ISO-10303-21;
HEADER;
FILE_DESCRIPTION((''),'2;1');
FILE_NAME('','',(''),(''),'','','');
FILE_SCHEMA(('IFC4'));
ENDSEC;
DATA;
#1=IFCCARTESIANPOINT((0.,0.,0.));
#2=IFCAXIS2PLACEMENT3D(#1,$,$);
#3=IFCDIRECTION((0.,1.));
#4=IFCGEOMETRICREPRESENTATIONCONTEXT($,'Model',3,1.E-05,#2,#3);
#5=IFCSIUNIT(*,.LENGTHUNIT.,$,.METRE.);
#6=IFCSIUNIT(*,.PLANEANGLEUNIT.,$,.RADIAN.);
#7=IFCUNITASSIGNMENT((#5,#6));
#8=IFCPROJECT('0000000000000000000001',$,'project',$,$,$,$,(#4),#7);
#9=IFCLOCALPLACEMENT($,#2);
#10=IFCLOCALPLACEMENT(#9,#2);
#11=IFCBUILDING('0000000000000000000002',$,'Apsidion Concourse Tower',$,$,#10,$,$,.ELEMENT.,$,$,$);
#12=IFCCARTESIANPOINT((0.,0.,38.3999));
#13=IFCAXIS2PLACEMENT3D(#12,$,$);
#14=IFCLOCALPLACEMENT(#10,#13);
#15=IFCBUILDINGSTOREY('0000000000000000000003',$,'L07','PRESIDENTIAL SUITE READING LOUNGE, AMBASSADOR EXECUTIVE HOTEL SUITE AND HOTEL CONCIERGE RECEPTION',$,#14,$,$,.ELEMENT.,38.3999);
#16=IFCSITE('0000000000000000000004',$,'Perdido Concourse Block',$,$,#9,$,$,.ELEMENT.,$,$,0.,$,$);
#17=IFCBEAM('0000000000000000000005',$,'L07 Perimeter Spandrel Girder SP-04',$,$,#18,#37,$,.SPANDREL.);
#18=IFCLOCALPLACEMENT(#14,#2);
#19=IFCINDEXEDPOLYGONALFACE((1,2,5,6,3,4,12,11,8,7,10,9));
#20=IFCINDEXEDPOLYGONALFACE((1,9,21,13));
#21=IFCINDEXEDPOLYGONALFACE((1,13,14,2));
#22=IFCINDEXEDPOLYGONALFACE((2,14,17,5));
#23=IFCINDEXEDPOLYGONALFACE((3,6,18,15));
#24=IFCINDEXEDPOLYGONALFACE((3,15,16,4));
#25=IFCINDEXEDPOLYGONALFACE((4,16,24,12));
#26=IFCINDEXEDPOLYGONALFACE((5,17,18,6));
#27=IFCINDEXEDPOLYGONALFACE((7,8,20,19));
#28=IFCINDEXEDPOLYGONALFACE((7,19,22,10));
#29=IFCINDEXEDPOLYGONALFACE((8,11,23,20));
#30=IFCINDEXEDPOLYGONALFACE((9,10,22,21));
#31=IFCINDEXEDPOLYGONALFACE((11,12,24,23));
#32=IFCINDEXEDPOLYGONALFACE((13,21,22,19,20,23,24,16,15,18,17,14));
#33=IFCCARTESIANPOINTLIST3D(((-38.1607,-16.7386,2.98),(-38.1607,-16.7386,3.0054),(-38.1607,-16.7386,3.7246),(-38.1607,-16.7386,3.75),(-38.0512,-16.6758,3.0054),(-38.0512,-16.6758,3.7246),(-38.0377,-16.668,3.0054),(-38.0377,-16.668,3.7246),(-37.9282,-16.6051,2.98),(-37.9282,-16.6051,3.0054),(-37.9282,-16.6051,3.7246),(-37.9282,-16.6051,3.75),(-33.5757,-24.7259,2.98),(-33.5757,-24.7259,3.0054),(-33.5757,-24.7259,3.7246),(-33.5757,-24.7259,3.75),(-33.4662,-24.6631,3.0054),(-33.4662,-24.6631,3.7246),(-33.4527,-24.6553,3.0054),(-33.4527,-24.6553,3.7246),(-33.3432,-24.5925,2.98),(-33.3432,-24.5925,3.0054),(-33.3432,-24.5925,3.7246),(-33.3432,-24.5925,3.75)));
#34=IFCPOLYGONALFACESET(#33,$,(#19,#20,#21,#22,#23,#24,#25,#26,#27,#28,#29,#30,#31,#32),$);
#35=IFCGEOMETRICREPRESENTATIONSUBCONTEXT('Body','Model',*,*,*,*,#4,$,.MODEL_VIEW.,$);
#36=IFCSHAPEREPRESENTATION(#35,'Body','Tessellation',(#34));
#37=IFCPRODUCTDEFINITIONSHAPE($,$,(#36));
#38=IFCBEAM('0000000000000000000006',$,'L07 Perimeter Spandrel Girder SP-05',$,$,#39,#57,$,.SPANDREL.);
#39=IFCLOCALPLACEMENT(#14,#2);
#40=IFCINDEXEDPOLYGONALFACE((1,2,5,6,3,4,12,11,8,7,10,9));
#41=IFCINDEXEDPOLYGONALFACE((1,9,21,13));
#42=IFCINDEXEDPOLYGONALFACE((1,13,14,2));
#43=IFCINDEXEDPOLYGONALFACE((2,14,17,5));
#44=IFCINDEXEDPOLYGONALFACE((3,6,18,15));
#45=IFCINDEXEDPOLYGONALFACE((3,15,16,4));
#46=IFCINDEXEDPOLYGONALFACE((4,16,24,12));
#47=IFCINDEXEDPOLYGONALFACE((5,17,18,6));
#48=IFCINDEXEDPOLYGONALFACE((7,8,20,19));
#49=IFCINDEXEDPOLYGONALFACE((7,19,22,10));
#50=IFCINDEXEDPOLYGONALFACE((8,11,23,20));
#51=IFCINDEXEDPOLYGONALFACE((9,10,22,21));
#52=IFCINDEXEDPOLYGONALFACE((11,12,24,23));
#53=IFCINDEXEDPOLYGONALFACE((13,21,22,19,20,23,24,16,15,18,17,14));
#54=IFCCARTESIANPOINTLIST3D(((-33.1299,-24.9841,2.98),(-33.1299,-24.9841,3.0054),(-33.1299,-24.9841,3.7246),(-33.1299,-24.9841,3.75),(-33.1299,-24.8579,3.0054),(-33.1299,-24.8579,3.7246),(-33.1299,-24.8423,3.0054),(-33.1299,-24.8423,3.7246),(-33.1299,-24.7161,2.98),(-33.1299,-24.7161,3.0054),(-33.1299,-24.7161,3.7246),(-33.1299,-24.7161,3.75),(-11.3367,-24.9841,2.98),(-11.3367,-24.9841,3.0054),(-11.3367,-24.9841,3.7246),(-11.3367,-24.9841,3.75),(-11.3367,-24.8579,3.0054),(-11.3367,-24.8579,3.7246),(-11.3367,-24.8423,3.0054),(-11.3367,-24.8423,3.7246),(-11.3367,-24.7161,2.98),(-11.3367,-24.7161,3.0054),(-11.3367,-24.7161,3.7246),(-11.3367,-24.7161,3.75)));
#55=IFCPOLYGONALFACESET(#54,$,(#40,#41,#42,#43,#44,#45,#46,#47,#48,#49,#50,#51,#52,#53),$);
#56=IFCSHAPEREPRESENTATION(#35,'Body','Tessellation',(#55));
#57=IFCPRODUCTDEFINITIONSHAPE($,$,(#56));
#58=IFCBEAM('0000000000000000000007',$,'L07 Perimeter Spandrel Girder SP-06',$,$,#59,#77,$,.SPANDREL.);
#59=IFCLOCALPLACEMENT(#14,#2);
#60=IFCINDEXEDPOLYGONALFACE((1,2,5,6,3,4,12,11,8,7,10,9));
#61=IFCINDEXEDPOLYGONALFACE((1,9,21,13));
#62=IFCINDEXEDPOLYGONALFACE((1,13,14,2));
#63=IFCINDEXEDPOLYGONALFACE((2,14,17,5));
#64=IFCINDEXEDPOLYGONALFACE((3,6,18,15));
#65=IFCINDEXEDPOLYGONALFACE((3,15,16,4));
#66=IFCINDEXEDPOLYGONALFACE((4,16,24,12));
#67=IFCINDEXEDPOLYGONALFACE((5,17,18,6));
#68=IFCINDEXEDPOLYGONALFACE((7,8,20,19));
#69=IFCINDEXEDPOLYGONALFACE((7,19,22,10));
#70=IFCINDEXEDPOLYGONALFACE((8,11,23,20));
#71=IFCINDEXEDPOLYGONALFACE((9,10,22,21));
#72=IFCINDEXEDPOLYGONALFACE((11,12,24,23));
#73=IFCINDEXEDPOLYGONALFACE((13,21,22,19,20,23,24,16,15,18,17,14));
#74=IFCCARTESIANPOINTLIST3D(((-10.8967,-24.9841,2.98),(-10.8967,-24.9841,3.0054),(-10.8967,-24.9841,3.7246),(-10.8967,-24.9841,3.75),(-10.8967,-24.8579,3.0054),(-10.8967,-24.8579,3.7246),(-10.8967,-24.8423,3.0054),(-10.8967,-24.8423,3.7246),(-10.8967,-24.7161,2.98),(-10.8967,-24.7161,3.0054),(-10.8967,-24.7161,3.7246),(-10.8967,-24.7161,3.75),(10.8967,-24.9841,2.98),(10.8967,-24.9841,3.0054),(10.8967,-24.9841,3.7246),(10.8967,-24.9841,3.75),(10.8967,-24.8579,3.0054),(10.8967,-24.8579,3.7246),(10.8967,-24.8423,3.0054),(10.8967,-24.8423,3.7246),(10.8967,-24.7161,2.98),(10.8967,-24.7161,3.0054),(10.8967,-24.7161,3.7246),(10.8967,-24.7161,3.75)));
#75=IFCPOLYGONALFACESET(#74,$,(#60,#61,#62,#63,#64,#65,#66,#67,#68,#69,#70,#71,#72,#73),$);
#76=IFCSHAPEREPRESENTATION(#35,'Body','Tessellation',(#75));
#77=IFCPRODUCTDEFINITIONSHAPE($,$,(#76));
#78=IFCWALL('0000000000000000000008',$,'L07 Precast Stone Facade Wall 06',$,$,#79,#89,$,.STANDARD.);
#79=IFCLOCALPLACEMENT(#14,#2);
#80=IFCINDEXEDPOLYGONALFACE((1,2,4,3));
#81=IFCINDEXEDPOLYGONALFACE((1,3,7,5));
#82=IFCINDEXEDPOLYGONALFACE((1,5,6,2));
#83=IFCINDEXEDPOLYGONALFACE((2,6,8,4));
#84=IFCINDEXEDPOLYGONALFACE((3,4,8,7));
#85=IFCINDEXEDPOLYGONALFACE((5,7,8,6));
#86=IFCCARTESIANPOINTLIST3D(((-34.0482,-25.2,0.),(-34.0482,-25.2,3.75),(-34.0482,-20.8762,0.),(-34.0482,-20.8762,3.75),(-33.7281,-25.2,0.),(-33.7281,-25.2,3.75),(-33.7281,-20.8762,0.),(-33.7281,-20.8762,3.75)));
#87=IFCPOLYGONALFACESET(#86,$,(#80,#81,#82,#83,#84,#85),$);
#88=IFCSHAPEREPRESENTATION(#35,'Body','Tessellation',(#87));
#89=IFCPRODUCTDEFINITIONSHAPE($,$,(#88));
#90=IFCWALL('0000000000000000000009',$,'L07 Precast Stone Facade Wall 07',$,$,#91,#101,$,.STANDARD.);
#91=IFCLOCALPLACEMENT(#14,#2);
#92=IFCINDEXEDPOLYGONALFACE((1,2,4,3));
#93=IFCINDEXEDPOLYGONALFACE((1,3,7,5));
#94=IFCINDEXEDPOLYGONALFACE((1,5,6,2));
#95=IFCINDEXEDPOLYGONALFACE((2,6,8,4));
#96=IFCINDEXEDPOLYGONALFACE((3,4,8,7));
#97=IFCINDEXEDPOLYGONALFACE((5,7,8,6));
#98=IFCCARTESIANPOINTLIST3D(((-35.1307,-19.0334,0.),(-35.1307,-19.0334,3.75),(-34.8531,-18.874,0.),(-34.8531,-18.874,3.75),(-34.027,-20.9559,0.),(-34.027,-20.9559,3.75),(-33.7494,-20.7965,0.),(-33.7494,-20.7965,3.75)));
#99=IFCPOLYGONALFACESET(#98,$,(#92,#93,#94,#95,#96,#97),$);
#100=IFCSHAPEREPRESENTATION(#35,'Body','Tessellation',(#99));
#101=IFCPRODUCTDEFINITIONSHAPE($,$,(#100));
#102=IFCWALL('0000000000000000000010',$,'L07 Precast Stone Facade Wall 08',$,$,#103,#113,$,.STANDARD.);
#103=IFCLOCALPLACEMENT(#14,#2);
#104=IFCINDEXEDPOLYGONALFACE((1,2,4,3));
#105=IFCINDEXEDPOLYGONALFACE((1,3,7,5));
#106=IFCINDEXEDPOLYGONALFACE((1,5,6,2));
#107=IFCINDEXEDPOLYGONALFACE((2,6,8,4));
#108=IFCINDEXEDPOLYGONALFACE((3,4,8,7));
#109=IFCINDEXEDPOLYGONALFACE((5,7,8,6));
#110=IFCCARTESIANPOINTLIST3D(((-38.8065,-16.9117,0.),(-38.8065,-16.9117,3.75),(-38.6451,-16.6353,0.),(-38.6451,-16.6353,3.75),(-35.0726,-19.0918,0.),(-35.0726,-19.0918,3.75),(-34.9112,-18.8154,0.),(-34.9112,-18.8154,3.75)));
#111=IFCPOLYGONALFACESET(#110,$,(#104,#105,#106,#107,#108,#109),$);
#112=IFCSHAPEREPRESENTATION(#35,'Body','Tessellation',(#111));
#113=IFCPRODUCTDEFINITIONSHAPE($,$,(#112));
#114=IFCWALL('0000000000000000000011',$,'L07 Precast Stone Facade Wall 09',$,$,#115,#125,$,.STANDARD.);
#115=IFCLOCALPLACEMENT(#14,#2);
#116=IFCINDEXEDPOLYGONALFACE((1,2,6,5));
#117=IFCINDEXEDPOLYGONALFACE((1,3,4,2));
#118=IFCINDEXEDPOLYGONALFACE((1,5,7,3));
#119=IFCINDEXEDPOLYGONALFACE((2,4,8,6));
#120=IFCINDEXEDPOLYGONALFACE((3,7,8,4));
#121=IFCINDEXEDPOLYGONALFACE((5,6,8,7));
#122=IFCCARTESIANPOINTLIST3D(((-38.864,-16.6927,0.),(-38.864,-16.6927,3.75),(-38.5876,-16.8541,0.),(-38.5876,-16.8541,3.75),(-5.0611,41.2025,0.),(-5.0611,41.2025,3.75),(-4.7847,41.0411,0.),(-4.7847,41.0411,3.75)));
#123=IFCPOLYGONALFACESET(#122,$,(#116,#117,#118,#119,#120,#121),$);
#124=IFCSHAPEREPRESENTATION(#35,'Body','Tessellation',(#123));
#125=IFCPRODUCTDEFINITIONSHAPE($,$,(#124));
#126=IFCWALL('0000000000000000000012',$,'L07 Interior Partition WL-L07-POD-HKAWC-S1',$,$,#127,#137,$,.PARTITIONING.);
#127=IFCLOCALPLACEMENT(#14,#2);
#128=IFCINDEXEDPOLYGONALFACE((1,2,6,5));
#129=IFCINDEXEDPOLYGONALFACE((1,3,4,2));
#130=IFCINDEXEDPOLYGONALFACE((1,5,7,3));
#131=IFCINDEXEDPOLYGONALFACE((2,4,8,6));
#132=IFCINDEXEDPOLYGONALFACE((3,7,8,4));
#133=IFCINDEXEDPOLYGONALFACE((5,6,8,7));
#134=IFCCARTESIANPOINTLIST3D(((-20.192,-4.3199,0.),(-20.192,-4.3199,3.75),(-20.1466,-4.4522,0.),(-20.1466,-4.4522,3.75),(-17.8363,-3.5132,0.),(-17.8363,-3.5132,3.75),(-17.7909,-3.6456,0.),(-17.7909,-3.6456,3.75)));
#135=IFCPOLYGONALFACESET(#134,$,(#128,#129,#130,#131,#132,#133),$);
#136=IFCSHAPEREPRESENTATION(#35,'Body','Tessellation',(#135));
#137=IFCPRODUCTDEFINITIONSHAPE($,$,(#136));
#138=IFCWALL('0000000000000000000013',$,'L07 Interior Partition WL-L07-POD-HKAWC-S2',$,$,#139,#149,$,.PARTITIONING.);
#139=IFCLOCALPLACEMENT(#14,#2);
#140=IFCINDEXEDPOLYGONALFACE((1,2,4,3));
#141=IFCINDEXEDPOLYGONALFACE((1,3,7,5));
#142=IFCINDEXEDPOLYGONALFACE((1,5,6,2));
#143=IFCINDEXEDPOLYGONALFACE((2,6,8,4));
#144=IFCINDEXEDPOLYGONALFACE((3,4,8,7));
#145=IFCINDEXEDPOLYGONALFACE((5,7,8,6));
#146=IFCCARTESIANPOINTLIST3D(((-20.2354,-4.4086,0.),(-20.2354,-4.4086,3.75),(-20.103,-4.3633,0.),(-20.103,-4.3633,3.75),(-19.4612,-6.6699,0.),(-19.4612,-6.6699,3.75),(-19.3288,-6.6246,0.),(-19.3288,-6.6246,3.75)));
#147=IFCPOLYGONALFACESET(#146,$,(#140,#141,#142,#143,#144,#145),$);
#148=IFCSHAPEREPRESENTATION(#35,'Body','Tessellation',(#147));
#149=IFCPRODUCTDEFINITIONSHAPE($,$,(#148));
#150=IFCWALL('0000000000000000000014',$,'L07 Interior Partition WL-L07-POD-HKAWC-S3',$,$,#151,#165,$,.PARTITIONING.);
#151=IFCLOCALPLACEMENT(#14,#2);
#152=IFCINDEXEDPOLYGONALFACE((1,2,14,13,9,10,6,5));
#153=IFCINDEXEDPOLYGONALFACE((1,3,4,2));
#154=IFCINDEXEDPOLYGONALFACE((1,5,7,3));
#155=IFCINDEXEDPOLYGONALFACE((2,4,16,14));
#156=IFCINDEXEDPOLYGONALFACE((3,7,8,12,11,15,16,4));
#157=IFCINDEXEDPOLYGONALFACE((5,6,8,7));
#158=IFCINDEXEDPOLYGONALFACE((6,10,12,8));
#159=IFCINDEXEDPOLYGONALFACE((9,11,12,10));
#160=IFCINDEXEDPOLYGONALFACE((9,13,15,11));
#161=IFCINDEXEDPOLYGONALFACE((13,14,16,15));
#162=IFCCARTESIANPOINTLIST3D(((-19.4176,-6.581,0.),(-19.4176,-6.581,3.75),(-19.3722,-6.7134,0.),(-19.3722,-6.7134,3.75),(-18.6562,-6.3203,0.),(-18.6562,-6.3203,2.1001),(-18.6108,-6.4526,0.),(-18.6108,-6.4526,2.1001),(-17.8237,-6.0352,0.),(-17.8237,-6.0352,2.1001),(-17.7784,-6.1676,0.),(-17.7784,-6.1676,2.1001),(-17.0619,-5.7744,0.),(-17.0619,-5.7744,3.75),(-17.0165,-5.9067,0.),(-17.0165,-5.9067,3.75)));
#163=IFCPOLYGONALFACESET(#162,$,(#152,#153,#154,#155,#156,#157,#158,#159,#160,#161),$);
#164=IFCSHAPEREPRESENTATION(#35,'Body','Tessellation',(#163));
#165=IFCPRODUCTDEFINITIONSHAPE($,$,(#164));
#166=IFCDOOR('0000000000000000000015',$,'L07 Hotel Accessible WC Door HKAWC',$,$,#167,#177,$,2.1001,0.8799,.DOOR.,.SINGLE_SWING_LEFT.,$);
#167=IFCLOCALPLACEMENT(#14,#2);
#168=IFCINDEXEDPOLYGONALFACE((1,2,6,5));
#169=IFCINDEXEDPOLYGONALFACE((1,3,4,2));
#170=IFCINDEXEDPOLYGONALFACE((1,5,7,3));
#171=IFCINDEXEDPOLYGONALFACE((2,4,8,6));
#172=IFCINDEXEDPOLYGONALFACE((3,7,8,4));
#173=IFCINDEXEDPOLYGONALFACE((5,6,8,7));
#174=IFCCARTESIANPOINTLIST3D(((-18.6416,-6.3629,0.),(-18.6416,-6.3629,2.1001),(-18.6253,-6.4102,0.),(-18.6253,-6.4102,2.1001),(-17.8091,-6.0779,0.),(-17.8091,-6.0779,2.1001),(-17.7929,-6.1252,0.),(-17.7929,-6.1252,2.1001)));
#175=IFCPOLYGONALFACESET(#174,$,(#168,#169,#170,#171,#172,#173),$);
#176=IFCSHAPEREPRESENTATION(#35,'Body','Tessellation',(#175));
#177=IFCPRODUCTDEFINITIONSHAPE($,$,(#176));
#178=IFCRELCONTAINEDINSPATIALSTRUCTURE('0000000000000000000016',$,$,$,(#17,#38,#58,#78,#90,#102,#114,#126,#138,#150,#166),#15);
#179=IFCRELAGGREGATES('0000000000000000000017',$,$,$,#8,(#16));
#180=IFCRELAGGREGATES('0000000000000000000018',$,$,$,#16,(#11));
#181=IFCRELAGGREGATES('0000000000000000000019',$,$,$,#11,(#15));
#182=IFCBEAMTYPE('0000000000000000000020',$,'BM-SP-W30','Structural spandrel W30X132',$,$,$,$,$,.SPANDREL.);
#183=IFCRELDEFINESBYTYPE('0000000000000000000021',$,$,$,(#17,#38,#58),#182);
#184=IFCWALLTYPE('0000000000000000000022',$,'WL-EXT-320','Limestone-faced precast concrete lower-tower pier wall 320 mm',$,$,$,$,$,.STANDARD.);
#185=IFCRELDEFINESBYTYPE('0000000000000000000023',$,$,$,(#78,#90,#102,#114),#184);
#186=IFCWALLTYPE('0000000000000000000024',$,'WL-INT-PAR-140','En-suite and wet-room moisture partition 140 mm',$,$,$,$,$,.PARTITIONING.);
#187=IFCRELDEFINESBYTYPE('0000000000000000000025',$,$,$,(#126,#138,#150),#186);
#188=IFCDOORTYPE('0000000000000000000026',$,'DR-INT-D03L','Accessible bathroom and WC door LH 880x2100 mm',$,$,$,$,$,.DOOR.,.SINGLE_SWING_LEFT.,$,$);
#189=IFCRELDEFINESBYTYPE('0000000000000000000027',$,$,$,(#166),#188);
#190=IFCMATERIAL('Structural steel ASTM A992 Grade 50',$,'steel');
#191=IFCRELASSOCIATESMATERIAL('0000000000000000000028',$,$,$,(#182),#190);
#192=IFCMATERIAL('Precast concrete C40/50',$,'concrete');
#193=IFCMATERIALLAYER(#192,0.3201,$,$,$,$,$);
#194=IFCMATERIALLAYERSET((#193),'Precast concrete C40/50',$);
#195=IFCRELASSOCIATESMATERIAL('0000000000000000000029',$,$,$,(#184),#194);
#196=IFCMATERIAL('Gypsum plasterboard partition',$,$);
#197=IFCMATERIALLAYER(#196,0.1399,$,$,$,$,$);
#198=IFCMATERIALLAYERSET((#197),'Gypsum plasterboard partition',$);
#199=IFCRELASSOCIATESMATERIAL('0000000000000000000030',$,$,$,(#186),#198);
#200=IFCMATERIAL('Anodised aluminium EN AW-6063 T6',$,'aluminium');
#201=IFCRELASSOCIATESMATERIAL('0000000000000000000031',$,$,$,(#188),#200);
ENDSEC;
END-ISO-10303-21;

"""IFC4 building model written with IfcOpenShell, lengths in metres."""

from ifc_helpers import new_model, si_unit, direction, frame, frame_2d, origin, origin_2d, place, context, subcontext, project, spatial, rectangle, i_section, extrude, material, layer, layer_set, material_profile, profile_set, type_object, element, fill, save


model = new_model("IFC4")

# Units and contexts
model_context = context("Model", 3, precision=1e-05, world=origin(), true_north=direction((0.0, 1.0)))
body_context = subcontext(model_context, "Body", "Model", "MODEL_VIEW")
ifc_project = project(units=[si_unit("LENGTHUNIT", "METRE"), si_unit("PLANEANGLEUNIT", "RADIAN")], contexts=[model_context])

# Site, building, storey
site_placement = place(None, origin())
site = spatial("IfcSite", under=ifc_project, at=site_placement, Name="Perdido Concourse Block", CompositionType="ELEMENT", RefElevation=0.0)
building_placement = place(site_placement, origin())
building = spatial("IfcBuilding", under=site, at=building_placement, Name="Apsidion Concourse Tower", CompositionType="ELEMENT")
storey_placement = place(building_placement, frame((0.0, 0.0, 38.3999)))
storey = spatial("IfcBuildingStorey", under=building, at=storey_placement, Name="L07", Description="PRESIDENTIAL SUITE READING LOUNGE, AMBASSADOR EXECUTIVE HOTEL SUITE AND HOTEL CONCIERGE RECEPTION", CompositionType="ELEMENT", Elevation=38.3999)

# Beams
ifc_material_1 = material(Name="Structural steel ASTM A992 Grade 50", Category="steel")
ifc_material_profile_1 = material_profile(ifc_material_1, i_section(OverallWidth=0.2681, OverallDepth=0.77, WebThickness=0.0156, FlangeThickness=0.0254, at=origin_2d()), Name="W30X132")
ifc_profile_set_1 = profile_set([ifc_material_profile_1], Name="Structural steel ASTM A992 Grade 50")
beam_type_1 = type_object("IfcBeamType", Name="BM-SP-W30", Description="Structural spandrel W30X132", PredefinedType="SPANDREL", material=ifc_profile_set_1)
beam_1_placement = place(storey_placement, frame((-38.0444, -16.6719, 3.365), z_axis=(0.497839, -0.867269, 0.0), x_axis=(0.867269, 0.497839, 0.0)))
element("IfcBeam", 1, at=beam_1_placement, inside=storey, type_object=beam_type_1, Name="L07 Perimeter Spandrel Girder SP-04", PredefinedType="SPANDREL", context=body_context, shape_type="SweptSolid", body=[
    extrude(i_section(OverallWidth=0.2681, OverallDepth=0.77, WebThickness=0.0156, FlangeThickness=0.0254, at=origin_2d()), origin(), (0.0, 0.0, 1.0), 9.2097),
])
beam_2_placement = place(storey_placement, frame((-33.1299, -24.8501, 3.365), z_axis=(1.0, 0.0, 0.0), x_axis=(0.0, 1.0, 0.0)))
element("IfcBeam", 2, at=beam_2_placement, inside=storey, type_object=beam_type_1, Name="L07 Perimeter Spandrel Girder SP-05", PredefinedType="SPANDREL", context=body_context, shape_type="SweptSolid", body=[
    extrude(i_section(OverallWidth=0.2681, OverallDepth=0.77, WebThickness=0.0156, FlangeThickness=0.0254, at=origin_2d()), origin(), (0.0, 0.0, 1.0), 21.7932),
])
beam_3_placement = place(storey_placement, frame((-10.8967, -24.8501, 3.365), z_axis=(1.0, 0.0, 0.0), x_axis=(0.0, 1.0, 0.0)))
element("IfcBeam", 3, at=beam_3_placement, inside=storey, type_object=beam_type_1, Name="L07 Perimeter Spandrel Girder SP-06", PredefinedType="SPANDREL", context=body_context, shape_type="SweptSolid", body=[
    extrude(i_section(OverallWidth=0.2681, OverallDepth=0.77, WebThickness=0.0156, FlangeThickness=0.0254, at=origin_2d()), origin(), (0.0, 0.0, 1.0), 21.7935),
])

# Walls
ifc_material_2 = material(Name="Precast concrete C40/50", Category="concrete")
ifc_layer_1 = layer(ifc_material_2, 0.3201)
ifc_layer_set_1 = layer_set([ifc_layer_1], Name="Precast concrete C40/50")
wall_type_1 = type_object("IfcWallType", Name="WL-EXT-320", Description="Limestone-faced precast concrete lower-tower pier wall 320 mm", PredefinedType="STANDARD", material=ifc_layer_set_1)
wall_1_placement = place(storey_placement, frame((-33.8882, -25.2, 0.0), z_axis=(0.0, 0.0, 1.0), x_axis=(0.0, 1.0, 0.0)))
element("IfcWall", 4, at=wall_1_placement, inside=storey, type_object=wall_type_1, Name="L07 Precast Stone Facade Wall 06", PredefinedType="STANDARD", context=body_context, shape_type="SweptSolid", body=[
    extrude(rectangle(XDim=4.3237, YDim=0.3201, at=frame_2d((2.1619, 0.0))), origin(), (0.0, 0.0, 1.0), 3.75),
])
wall_2_placement = place(storey_placement, frame((-33.8882, -20.8762, 0.0), z_axis=(0.0, 0.0, 1.0), x_axis=(-0.497881, 0.867245, 0.0)))
element("IfcWall", 5, at=wall_2_placement, inside=storey, type_object=wall_type_1, Name="L07 Precast Stone Facade Wall 07", PredefinedType="STANDARD", context=body_context, shape_type="SweptSolid", body=[
    extrude(rectangle(XDim=2.2168, YDim=0.3201, at=frame_2d((1.1084, 0.0))), origin(), (0.0, 0.0, 1.0), 3.75),
])
wall_3_placement = place(storey_placement, frame((-34.9919, -18.9536, 0.0), z_axis=(0.0, 0.0, 1.0), x_axis=(-0.86357, 0.504229, 0.0)))
element("IfcWall", 6, at=wall_3_placement, inside=storey, type_object=wall_type_1, Name="L07 Precast Stone Facade Wall 08", PredefinedType="STANDARD", context=body_context, shape_type="SweptSolid", body=[
    extrude(rectangle(XDim=4.3237, YDim=0.3201, at=frame_2d((2.1619, 0.0))), origin(), (0.0, 0.0, 1.0), 3.75),
])
wall_4_placement = place(storey_placement, frame((-38.7258, -16.7734, 0.0), z_axis=(0.0, 0.0, 1.0), x_axis=(0.504213, 0.863579, 0.0)))
element("IfcWall", 7, at=wall_4_placement, inside=storey, type_object=wall_type_1, Name="L07 Precast Stone Facade Wall 09", PredefinedType="STANDARD", context=body_context, shape_type="SweptSolid", body=[
    extrude(rectangle(XDim=67.041, YDim=0.3201, at=frame_2d((33.5205, 0.0))), origin(), (0.0, 0.0, 1.0), 3.75),
])
ifc_material_3 = material(Name="Gypsum plasterboard partition")
ifc_layer_2 = layer(ifc_material_3, 0.1399)
ifc_layer_set_2 = layer_set([ifc_layer_2], Name="Gypsum plasterboard partition")
wall_type_2 = type_object("IfcWallType", Name="WL-INT-PAR-140", Description="En-suite and wet-room moisture partition 140 mm", PredefinedType="PARTITIONING", material=ifc_layer_set_2)
wall_5_placement = place(storey_placement, frame((-17.8135, -3.5793, 0.0), z_axis=(0.0, 0.0, 1.0), x_axis=(-0.946073, -0.323953, 0.0)))
element("IfcWall", 8, at=wall_5_placement, inside=storey, type_object=wall_type_2, Name="L07 Interior Partition WL-L07-POD-HKAWC-S1", PredefinedType="PARTITIONING", context=body_context, shape_type="SweptSolid", body=[
    extrude(rectangle(XDim=2.49, YDim=0.1399, at=frame_2d((1.2451, 0.0))), origin(), (0.0, 0.0, 1.0), 3.75),
])
wall_6_placement = place(storey_placement, frame((-20.1692, -4.386, 0.0), z_axis=(0.0, 0.0, 1.0), x_axis=(0.323909, -0.946088, 0.0)))
element("IfcWall", 9, at=wall_6_placement, inside=storey, type_object=wall_type_2, Name="L07 Interior Partition WL-L07-POD-HKAWC-S2", PredefinedType="PARTITIONING", context=body_context, shape_type="SweptSolid", body=[
    extrude(rectangle(XDim=2.3901, YDim=0.1399, at=frame_2d((1.1951, 0.0))), origin(), (0.0, 0.0, 1.0), 3.75),
])

# Wall, opening, door
wall_7_placement = place(storey_placement, frame((-19.395, -6.6472, 0.0), z_axis=(0.0, 0.0, 1.0), x_axis=(0.946073, 0.323953, 0.0)))
wall_7 = element("IfcWall", 10, at=wall_7_placement, inside=storey, type_object=wall_type_2, Name="L07 Interior Partition WL-L07-POD-HKAWC-S3", PredefinedType="PARTITIONING", context=body_context, shape_type="SweptSolid", body=[
    extrude(rectangle(XDim=2.49, YDim=0.1399, at=frame_2d((1.2451, 0.0))), origin(), (0.0, 0.0, 1.0), 3.75),
])
opening_1_placement = place(wall_7_placement, frame((0.8049, 0.0, 0.0)))
opening_1 = element("IfcOpeningElement", 11, at=opening_1_placement, cuts=wall_7, PredefinedType="OPENING", context=body_context, shape_type="SweptSolid", body=[
    extrude(rectangle(XDim=0.8799, YDim=2.1001, at=frame_2d((0.4399, 1.05))), frame((0.0, 0.0801, 0.0), z_axis=(0.0, -1.0, 0.0), x_axis=(1.0, 0.0, 0.0)), (0.0, 0.0, 1.0), 0.1599),
])
ifc_material_4 = material(Name="Anodised aluminium EN AW-6063 T6", Category="aluminium")
door_type_1 = type_object("IfcDoorType", Name="DR-INT-D03L", Description="Accessible bathroom and WC door LH 880x2100 mm", OperationType="SINGLE_SWING_LEFT", PredefinedType="DOOR", material=ifc_material_4)
door_1_placement = place(opening_1_placement, origin())
door_1 = element("IfcDoor", 12, at=door_1_placement, inside=storey, type_object=door_type_1, Name="L07 Hotel Accessible WC Door HKAWC", OperationType="SINGLE_SWING_LEFT", OverallHeight=2.1001, OverallWidth=0.8799, PredefinedType="DOOR", context=body_context, shape_type="SweptSolid", body=[
    extrude(rectangle(XDim=0.8799, YDim=2.1001, at=frame_2d((0.4399, 1.05))), frame((0.0, 0.0249, 0.0), z_axis=(0.0, -1.0, 0.0), x_axis=(1.0, 0.0, 0.0)), (0.0, 0.0, 1.0), 0.05),
])
fill(opening_1, door_1)

save(model, "model.ifc")
